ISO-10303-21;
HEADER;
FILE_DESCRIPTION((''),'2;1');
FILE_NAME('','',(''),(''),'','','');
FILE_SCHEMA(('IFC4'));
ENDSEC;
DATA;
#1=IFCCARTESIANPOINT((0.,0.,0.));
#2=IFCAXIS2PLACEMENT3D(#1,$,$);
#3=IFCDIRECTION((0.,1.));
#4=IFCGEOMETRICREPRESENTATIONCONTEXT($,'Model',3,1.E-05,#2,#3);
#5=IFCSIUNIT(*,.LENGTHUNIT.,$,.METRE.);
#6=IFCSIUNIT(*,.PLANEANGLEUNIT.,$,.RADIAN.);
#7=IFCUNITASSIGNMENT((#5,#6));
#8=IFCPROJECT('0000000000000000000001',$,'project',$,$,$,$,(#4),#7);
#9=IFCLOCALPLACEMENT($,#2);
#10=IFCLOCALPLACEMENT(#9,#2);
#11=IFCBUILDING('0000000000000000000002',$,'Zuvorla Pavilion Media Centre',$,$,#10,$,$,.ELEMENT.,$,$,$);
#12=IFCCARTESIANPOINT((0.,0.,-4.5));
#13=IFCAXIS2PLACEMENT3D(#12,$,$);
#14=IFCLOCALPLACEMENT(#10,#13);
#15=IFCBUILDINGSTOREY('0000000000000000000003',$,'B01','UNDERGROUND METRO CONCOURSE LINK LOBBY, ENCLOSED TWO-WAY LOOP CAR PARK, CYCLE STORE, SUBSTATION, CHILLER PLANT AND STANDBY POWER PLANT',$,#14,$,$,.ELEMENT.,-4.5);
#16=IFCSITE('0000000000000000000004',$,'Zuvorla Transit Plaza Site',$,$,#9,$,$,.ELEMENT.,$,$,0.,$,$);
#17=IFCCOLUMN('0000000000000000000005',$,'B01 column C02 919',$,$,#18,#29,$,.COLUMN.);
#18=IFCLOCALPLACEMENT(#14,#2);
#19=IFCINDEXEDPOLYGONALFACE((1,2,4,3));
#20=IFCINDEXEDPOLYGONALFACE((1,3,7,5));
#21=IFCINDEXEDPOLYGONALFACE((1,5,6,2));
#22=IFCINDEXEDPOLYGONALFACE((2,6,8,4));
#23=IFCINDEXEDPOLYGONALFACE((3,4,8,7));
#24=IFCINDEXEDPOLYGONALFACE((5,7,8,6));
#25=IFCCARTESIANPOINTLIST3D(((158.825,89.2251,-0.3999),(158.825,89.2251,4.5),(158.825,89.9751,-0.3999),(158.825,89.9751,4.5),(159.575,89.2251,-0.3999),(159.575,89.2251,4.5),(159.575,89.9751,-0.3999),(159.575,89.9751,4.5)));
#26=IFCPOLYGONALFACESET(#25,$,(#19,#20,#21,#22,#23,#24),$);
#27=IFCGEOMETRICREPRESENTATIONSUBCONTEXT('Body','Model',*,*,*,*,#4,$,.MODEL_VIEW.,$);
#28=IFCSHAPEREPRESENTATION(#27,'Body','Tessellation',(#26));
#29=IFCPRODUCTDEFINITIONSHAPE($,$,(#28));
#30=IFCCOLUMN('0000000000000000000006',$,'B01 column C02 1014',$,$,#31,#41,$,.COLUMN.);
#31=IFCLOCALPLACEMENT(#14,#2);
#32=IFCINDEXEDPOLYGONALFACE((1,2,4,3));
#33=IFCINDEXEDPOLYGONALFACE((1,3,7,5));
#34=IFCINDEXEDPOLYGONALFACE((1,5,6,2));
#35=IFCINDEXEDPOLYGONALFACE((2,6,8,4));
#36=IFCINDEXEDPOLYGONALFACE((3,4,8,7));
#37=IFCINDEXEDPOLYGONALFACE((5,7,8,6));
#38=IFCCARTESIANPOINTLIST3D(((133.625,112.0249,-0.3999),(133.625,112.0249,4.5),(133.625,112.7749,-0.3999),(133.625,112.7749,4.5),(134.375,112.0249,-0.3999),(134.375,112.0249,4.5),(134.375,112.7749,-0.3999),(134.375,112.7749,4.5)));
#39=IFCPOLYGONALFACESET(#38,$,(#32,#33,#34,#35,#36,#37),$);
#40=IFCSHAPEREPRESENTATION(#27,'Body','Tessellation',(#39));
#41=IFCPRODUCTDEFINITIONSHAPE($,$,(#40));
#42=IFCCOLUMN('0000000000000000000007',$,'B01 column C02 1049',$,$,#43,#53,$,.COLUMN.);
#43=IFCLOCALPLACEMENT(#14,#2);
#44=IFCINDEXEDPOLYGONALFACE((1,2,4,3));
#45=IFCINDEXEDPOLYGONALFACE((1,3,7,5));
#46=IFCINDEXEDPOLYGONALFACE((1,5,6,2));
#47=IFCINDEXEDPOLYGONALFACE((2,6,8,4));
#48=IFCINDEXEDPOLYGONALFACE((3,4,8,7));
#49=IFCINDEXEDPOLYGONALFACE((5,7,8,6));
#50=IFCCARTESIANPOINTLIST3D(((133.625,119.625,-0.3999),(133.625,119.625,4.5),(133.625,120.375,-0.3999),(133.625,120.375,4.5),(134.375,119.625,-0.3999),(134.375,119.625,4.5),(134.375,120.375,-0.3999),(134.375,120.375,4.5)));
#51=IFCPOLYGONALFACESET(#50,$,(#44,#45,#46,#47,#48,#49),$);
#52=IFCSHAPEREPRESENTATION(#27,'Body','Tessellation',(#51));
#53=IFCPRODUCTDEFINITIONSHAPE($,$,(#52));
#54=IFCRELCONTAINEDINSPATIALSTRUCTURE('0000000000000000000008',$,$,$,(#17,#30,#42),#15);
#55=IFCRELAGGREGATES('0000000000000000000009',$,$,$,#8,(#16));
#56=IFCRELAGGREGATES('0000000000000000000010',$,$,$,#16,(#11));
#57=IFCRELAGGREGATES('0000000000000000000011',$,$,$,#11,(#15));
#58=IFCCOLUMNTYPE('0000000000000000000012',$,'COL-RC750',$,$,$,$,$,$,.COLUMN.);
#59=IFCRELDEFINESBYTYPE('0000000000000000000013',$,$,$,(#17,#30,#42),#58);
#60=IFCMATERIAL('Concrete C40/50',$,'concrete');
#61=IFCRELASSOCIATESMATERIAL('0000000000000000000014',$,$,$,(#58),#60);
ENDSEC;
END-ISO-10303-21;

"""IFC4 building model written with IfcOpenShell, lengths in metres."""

from ifc_helpers import new_model, si_unit, direction, frame, origin, origin_2d, place, context, subcontext, project, spatial, rectangle, extrude, material, material_profile, profile_set, type_object, element, save


model = new_model("IFC4")

# Units and contexts
model_context = context("Model", 3, precision=1e-05, world=origin(), true_north=direction((0.0, 1.0)))
body_context = subcontext(model_context, "Body", "Model", "MODEL_VIEW")
ifc_project = project(units=[si_unit("LENGTHUNIT", "METRE"), si_unit("PLANEANGLEUNIT", "RADIAN")], contexts=[model_context])

# Site, building, storey
site_placement = place(None, origin())
site = spatial("IfcSite", under=ifc_project, at=site_placement, Name="Zuvorla Transit Plaza Site", CompositionType="ELEMENT", RefElevation=0.0)
building_placement = place(site_placement, origin())
building = spatial("IfcBuilding", under=site, at=building_placement, Name="Zuvorla Pavilion Media Centre", CompositionType="ELEMENT")
storey_placement = place(building_placement, frame((0.0, 0.0, -4.5)))
storey = spatial("IfcBuildingStorey", under=building, at=storey_placement, Name="B01", Description="UNDERGROUND METRO CONCOURSE LINK LOBBY, ENCLOSED TWO-WAY LOOP CAR PARK, CYCLE STORE, SUBSTATION, CHILLER PLANT AND STANDBY POWER PLANT", CompositionType="ELEMENT", Elevation=-4.5)

# Shared definitions
ifc_material = material(Name="Concrete C40/50", Category="concrete")

# Columns
ifc_material_profile_1 = material_profile(ifc_material, rectangle(XDim=0.75, YDim=0.75, at=origin_2d()), Name="RC 750x750")
ifc_profile_set_1 = profile_set([ifc_material_profile_1], Name="Concrete C40/50")
column_type = type_object("IfcColumnType", Name="COL-RC750", PredefinedType="COLUMN", material=ifc_profile_set_1)
for number, where, z_axis, x_axis, name in (
    (1, (159.2, 89.6001, -0.3999), (0.0, 0.0, 1.0), (1.0, 0.0, 0.0), "B01 column C02 919"),
    (2, (134.0, 112.3999, -0.3999), (0.0, 0.0, 1.0), (1.0, 0.0, 0.0), "B01 column C02 1014"),
    (3, (134.0, 120.0, -0.3999), (0.0, 0.0, 1.0), (1.0, 0.0, 0.0), "B01 column C02 1049"),
):
    element("IfcColumn", number, at=place(storey_placement, frame(where, z_axis=z_axis, x_axis=x_axis)), inside=storey, type_object=column_type, Name=name, PredefinedType="COLUMN", context=body_context, shape_type="SweptSolid", body=[
        extrude(rectangle(XDim=0.75, YDim=0.75, at=origin_2d()), origin(), (0.0, 0.0, 1.0), 4.8999),
    ])

save(model, "model.ifc")
